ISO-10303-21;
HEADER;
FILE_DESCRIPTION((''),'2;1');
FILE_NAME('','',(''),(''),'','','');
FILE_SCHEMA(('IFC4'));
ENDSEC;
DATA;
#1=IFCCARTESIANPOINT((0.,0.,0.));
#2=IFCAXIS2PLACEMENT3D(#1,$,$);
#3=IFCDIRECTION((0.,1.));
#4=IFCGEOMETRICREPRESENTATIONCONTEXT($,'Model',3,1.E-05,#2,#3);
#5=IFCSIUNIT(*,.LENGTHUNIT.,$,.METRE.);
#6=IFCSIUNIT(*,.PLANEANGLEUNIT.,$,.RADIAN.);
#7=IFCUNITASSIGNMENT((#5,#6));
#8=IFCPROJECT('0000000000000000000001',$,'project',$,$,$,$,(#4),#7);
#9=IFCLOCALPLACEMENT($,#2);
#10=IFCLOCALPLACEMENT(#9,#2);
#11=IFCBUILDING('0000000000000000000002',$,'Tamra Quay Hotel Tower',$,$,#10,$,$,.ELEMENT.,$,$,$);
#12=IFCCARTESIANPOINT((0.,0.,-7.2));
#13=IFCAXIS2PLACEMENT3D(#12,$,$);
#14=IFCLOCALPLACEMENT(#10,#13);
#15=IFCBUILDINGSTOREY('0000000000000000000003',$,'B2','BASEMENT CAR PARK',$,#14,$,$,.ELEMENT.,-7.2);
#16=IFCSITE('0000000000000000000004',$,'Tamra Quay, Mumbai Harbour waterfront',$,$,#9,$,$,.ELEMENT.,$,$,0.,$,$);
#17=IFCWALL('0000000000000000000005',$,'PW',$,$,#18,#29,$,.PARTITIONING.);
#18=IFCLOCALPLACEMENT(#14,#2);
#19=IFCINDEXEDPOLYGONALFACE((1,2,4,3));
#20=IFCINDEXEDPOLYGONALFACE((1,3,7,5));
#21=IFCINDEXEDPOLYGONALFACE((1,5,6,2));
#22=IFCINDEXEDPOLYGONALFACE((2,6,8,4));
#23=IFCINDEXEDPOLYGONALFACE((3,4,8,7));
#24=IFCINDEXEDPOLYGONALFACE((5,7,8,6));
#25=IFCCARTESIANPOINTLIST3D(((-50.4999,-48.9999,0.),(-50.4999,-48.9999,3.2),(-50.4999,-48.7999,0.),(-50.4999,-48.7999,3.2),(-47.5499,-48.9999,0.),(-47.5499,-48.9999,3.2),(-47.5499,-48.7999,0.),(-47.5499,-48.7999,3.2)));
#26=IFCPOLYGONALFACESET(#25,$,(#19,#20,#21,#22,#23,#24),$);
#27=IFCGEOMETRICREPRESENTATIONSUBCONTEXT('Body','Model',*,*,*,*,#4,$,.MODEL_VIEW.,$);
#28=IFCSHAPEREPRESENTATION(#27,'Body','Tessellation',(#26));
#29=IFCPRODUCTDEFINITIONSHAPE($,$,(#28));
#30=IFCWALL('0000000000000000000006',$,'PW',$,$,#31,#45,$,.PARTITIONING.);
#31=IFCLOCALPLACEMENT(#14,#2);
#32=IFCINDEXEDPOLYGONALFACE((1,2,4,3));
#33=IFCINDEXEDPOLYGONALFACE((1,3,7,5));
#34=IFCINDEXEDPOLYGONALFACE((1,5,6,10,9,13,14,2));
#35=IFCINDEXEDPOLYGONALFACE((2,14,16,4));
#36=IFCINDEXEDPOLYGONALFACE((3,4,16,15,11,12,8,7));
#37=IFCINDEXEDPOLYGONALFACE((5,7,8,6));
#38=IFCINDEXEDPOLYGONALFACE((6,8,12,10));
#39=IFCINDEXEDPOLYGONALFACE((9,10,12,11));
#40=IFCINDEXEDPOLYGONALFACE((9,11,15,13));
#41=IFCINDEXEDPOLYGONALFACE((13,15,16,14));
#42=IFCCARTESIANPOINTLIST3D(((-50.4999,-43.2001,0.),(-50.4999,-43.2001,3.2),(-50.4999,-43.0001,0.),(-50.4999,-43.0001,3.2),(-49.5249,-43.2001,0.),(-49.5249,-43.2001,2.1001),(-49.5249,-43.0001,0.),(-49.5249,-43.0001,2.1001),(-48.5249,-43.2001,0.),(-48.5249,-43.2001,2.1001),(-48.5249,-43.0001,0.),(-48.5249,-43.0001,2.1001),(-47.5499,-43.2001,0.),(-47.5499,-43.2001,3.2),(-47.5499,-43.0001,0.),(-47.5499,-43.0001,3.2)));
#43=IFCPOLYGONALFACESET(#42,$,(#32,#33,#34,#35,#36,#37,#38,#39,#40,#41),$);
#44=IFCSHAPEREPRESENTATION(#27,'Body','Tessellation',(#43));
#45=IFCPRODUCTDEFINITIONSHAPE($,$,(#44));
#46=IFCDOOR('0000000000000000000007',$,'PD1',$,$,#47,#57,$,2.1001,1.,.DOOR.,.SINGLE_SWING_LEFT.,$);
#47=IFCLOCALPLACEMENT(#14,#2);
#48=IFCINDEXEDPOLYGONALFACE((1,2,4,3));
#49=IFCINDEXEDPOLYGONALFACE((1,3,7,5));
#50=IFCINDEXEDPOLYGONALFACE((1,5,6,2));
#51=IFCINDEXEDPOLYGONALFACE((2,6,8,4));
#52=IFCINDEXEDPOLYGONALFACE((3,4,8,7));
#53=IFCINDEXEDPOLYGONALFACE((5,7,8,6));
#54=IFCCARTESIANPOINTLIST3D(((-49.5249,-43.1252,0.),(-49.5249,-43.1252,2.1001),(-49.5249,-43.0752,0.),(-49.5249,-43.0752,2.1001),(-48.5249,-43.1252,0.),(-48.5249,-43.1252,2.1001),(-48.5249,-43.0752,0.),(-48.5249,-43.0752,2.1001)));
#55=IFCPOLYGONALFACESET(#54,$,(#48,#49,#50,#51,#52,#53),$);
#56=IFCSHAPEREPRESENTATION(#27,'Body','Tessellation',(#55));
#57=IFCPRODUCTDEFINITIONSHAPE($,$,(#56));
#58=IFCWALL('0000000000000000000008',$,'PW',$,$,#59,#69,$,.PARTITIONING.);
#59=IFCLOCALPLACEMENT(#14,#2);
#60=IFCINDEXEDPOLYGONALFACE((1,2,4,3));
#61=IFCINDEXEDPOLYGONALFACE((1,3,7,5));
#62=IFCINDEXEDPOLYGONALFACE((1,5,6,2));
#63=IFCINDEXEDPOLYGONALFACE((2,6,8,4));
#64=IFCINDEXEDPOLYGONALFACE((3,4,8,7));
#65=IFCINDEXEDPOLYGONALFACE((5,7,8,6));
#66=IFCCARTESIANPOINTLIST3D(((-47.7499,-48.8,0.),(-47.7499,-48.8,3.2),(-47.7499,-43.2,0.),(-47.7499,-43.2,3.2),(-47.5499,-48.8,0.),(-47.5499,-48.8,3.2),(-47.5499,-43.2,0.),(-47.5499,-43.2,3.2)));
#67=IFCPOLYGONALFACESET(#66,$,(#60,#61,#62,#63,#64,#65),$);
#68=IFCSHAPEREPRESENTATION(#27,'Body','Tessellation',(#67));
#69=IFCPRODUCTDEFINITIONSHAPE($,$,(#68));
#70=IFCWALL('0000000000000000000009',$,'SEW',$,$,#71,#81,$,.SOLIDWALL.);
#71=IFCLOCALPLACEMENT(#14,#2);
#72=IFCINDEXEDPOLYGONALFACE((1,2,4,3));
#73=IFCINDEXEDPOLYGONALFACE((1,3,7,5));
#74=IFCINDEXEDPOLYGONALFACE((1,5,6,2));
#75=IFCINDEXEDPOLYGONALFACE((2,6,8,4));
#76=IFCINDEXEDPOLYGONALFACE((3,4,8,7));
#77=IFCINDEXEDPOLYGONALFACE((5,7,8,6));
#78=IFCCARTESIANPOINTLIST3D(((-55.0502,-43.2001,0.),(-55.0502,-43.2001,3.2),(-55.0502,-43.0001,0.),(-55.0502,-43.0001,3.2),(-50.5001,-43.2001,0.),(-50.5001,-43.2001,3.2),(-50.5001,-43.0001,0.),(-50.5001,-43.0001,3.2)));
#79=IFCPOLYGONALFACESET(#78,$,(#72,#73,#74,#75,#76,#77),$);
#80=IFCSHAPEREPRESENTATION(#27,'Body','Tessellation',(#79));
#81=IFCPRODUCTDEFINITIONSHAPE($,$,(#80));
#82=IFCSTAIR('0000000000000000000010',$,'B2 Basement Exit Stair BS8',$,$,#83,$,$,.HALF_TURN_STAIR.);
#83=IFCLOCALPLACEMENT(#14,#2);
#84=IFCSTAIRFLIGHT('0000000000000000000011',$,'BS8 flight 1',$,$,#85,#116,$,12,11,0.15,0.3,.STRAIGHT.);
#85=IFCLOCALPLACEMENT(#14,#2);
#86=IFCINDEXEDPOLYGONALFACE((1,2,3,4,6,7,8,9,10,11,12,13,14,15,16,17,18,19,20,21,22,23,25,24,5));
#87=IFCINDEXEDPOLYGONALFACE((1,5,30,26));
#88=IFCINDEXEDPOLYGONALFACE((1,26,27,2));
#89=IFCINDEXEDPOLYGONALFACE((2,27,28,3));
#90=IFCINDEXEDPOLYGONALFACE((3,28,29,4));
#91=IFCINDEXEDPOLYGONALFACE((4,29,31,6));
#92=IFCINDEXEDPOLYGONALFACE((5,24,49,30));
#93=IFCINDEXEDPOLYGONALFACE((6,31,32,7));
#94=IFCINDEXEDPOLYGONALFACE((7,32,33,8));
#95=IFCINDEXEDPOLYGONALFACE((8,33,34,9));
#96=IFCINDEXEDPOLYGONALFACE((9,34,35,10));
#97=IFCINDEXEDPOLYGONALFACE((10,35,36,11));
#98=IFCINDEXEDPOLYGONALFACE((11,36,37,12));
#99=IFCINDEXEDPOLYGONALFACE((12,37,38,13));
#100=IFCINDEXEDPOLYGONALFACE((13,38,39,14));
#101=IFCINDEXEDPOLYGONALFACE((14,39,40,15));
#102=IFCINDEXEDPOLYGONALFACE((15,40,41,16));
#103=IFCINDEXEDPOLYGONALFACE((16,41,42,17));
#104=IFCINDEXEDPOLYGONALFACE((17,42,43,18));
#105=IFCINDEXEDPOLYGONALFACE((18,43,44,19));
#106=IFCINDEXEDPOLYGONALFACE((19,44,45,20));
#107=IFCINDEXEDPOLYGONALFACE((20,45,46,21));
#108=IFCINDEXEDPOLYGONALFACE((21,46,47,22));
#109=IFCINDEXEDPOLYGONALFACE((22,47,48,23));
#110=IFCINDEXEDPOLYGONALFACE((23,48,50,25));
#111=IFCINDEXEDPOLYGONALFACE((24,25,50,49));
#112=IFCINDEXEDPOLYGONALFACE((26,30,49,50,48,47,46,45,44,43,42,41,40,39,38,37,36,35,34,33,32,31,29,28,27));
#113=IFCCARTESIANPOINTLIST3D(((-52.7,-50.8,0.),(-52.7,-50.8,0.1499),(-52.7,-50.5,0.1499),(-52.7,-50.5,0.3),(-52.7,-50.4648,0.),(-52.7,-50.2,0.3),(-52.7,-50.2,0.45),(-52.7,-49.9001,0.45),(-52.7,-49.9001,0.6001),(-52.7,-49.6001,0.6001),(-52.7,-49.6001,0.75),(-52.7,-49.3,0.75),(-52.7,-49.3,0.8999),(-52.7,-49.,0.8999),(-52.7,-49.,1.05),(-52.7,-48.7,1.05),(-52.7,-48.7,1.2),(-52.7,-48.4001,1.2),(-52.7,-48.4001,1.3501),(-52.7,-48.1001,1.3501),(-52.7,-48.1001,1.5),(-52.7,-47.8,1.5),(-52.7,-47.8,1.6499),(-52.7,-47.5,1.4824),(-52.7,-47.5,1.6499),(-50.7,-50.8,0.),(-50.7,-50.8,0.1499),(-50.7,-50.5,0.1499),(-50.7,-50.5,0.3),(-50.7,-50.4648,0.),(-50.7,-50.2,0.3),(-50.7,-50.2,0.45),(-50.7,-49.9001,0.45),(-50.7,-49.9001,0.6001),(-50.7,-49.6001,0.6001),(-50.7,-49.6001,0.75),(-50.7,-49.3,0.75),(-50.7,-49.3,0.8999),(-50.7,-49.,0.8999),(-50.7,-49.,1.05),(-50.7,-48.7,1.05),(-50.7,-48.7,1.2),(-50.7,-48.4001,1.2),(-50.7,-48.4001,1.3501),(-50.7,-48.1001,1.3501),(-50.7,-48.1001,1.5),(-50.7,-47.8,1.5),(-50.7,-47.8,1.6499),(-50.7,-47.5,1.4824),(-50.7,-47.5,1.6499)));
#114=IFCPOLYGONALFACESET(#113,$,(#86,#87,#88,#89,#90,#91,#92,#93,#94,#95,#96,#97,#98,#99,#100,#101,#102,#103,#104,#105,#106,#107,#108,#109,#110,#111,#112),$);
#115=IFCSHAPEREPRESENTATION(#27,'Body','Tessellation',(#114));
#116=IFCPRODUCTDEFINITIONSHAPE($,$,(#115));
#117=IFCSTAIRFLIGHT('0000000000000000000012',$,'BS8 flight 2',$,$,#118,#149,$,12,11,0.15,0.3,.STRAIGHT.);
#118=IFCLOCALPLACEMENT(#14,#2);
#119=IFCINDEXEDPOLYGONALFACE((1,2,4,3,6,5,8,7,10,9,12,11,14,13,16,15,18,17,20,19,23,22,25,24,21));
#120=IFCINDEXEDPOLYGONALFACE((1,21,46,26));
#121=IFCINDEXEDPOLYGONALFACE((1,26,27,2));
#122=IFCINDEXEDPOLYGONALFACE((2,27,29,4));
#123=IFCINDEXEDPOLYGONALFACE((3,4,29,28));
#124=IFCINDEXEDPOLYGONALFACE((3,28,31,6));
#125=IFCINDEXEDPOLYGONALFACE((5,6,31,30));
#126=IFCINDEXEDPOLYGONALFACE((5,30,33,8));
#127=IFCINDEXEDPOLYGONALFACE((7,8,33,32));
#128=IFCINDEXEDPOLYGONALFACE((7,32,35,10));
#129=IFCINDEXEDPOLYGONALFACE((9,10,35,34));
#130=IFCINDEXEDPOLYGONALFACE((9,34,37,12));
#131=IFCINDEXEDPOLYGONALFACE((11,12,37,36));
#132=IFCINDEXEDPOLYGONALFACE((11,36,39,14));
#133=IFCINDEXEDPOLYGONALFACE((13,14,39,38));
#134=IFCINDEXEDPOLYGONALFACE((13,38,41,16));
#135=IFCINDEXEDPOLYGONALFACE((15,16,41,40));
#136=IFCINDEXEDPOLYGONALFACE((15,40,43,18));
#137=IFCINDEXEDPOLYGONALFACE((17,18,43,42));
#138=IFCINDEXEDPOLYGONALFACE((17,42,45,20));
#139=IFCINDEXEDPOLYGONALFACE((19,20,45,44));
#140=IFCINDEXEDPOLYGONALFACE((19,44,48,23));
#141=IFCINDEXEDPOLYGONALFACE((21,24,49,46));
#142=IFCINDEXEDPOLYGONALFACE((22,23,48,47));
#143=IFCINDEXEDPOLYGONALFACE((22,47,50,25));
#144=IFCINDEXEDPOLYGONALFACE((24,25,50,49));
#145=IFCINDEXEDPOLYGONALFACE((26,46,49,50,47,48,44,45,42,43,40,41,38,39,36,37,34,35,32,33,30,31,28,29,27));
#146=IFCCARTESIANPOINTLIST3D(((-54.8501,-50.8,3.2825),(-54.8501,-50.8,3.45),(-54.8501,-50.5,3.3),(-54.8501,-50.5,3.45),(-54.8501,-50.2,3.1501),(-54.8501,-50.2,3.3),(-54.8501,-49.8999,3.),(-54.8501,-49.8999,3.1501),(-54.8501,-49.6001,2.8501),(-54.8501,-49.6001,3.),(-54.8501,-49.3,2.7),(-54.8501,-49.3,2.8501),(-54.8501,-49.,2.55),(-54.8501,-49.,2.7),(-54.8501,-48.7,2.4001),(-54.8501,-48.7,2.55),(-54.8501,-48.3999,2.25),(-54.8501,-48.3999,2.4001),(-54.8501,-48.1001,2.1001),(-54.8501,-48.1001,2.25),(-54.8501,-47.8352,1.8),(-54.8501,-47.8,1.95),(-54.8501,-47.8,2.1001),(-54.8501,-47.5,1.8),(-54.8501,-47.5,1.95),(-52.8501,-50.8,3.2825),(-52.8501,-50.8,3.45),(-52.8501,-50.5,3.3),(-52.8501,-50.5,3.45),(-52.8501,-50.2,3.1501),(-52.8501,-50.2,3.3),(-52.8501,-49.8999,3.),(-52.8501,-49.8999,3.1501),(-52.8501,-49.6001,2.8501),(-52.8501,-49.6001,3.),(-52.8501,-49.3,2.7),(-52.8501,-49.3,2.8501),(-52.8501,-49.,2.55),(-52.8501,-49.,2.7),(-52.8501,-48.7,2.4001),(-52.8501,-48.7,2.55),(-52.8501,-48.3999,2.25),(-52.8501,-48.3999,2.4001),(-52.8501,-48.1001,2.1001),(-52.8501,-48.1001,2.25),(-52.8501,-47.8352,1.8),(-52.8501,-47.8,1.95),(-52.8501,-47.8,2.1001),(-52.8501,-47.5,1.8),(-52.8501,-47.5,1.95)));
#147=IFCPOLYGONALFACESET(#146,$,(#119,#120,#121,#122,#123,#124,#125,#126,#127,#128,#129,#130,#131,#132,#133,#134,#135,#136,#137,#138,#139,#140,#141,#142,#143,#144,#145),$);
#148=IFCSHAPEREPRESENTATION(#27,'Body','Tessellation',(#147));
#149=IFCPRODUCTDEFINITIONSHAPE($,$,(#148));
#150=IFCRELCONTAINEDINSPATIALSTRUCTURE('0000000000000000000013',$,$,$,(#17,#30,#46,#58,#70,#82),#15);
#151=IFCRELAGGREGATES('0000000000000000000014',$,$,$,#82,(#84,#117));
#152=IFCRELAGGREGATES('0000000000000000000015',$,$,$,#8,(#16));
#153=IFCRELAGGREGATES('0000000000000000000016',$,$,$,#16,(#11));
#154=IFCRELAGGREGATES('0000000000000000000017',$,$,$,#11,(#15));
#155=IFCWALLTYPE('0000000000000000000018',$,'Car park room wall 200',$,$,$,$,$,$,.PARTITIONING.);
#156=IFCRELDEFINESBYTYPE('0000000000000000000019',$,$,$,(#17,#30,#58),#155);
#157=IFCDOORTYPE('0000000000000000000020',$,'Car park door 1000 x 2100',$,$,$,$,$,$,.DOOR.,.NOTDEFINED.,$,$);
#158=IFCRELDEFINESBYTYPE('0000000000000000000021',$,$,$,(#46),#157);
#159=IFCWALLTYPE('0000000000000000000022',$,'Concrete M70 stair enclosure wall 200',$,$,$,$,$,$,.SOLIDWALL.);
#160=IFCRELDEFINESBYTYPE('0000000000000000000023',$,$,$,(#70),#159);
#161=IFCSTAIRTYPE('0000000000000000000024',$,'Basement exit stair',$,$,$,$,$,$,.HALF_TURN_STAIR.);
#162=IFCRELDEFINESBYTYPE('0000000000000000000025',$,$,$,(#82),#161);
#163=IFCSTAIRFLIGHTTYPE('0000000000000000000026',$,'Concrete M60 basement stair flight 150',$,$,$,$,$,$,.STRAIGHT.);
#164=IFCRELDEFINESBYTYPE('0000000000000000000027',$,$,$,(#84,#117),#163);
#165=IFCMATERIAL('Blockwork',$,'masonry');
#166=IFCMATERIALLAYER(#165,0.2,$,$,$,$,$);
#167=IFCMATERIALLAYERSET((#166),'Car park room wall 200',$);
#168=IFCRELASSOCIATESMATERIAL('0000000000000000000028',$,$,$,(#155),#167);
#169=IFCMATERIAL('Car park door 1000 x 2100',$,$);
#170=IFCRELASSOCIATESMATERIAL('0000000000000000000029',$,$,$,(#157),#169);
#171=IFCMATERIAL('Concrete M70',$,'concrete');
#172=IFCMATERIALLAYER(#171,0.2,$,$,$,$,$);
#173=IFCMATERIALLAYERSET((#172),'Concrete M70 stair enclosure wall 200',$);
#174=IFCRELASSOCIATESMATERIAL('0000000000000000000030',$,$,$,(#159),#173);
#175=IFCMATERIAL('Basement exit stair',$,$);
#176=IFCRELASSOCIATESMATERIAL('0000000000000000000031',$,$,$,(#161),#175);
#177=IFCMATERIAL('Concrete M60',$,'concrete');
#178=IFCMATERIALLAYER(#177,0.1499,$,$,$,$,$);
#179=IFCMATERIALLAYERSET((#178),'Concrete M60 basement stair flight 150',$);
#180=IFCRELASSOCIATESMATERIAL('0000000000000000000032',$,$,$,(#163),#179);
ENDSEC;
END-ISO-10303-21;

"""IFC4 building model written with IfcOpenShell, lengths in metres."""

from ifc_helpers import new_model, si_unit, direction, frame, frame_2d, origin, place, context, subcontext, project, spatial, polyline, rectangle, outline, extrude, material, layer, layer_set, type_object, element, fill, aggregate, save


model = new_model("IFC4")

# Units and contexts
model_context = context("Model", 3, precision=1e-05, world=origin(), true_north=direction((0.0, 1.0)))
body_context = subcontext(model_context, "Body", "Model", "MODEL_VIEW")
ifc_project = project(units=[si_unit("LENGTHUNIT", "METRE"), si_unit("PLANEANGLEUNIT", "RADIAN")], contexts=[model_context])

# Site, building, storey
site_placement = place(None, origin())
site = spatial("IfcSite", under=ifc_project, at=site_placement, Name="Tamra Quay, Mumbai Harbour waterfront", CompositionType="ELEMENT", RefElevation=0.0)
building_placement = place(site_placement, origin())
building = spatial("IfcBuilding", under=site, at=building_placement, Name="Tamra Quay Hotel Tower", CompositionType="ELEMENT")
storey_placement = place(building_placement, frame((0.0, 0.0, -7.2)))
storey = spatial("IfcBuildingStorey", under=building, at=storey_placement, Name="B2", Description="BASEMENT CAR PARK", CompositionType="ELEMENT", Elevation=-7.2)

# Shared definitions
ifc_material_1 = material(Name="Concrete M70", Category="concrete")

# Shared definitions
ifc_material_2 = material(Name="Blockwork", Category="masonry")
ifc_layer_1 = layer(ifc_material_2, 0.2)
ifc_layer_set_1 = layer_set([ifc_layer_1], Name="Car park room wall 200")
wall_type_1 = type_object("IfcWallType", Name="Car park room wall 200", PredefinedType="PARTITIONING", material=ifc_layer_set_1)
ifc_material_3 = material(Name="Car park door 1000 x 2100")
door_type = type_object("IfcDoorType", Name="Car park door 1000 x 2100", OperationType="NOTDEFINED", PredefinedType="DOOR", material=ifc_material_3)

# Wall
for number, where, z_axis, x_axis, name in (
    (1, (-50.5, -48.8999, 0.0), (0.0, 0.0, 1.0), (1.0, 0.0, 0.0), "PW"),
):
    element("IfcWall", number, at=place(storey_placement, frame(where, z_axis=z_axis, x_axis=x_axis)), inside=storey, type_object=wall_type_1, Name=name, PredefinedType="PARTITIONING", context=body_context, shape_type="SweptSolid", body=[
        extrude(rectangle(XDim=2.95, YDim=0.2, at=frame_2d((1.4751, 0.0))), origin(), (0.0, 0.0, 1.0), 3.2),
    ])

# Wall, opening, door
wall_1_placement = place(storey_placement, frame((-50.5, -43.1001, 0.0), z_axis=(0.0, 0.0, 1.0), x_axis=(1.0, 0.0, 0.0)))
wall_1 = element("IfcWall", 2, at=wall_1_placement, inside=storey, type_object=wall_type_1, Name="PW", PredefinedType="PARTITIONING", context=body_context, shape_type="SweptSolid", body=[
    extrude(rectangle(XDim=2.95, YDim=0.2, at=frame_2d((1.4751, 0.0))), origin(), (0.0, 0.0, 1.0), 3.2),
])
opening_1_placement = place(wall_1_placement, frame((0.9751, 0.0, 0.0)))
opening_1 = element("IfcOpeningElement", 3, at=opening_1_placement, cuts=wall_1, PredefinedType="OPENING", context=body_context, shape_type="SweptSolid", body=[
    extrude(rectangle(XDim=1.0, YDim=2.1001, at=frame_2d((0.5, 1.05))), frame((0.0, 0.1099, 0.0), z_axis=(0.0, -1.0, 0.0), x_axis=(1.0, 0.0, 0.0)), (0.0, 0.0, 1.0), 0.22),
])
door_1_placement = place(opening_1_placement, origin())
door_1 = element("IfcDoor", 4, at=door_1_placement, inside=storey, type_object=door_type, Name="PD1", OperationType="SINGLE_SWING_LEFT", OverallHeight=2.1001, OverallWidth=1.0, PredefinedType="DOOR", context=body_context, shape_type="SweptSolid", body=[
    extrude(rectangle(XDim=1.0, YDim=2.1001, at=frame_2d((0.5, 1.05))), frame((0.0, 0.0249, 0.0), z_axis=(0.0, -1.0, 0.0), x_axis=(1.0, 0.0, 0.0)), (0.0, 0.0, 1.0), 0.05),
])
fill(opening_1, door_1)

# Walls
wall_2_placement = place(storey_placement, frame((-47.6499, -48.8, 0.0), z_axis=(0.0, 0.0, 1.0), x_axis=(0.0, 1.0, 0.0)))
element("IfcWall", 5, at=wall_2_placement, inside=storey, type_object=wall_type_1, Name="PW", PredefinedType="PARTITIONING", context=body_context, shape_type="SweptSolid", body=[
    extrude(rectangle(XDim=5.6001, YDim=0.2, at=frame_2d((2.8, 0.0))), origin(), (0.0, 0.0, 1.0), 3.2),
])
ifc_layer_2 = layer(ifc_material_1, 0.2)
ifc_layer_set_2 = layer_set([ifc_layer_2], Name="Concrete M70 stair enclosure wall 200")
wall_type_2 = type_object("IfcWallType", Name="Concrete M70 stair enclosure wall 200", PredefinedType="SOLIDWALL", material=ifc_layer_set_2)
wall_3_placement = place(storey_placement, frame((-55.05, -43.1001, 0.0), z_axis=(0.0, 0.0, 1.0), x_axis=(1.0, 0.0, 0.0)))
element("IfcWall", 6, at=wall_3_placement, inside=storey, type_object=wall_type_2, Name="SEW", PredefinedType="SOLIDWALL", context=body_context, shape_type="SweptSolid", body=[
    extrude(rectangle(XDim=4.55, YDim=0.2, at=frame_2d((2.2749, 0.0))), origin(), (0.0, 0.0, 1.0), 3.2),
])

# Stair, stair flights
ifc_material_4 = material(Name="Basement exit stair")
stair_type = type_object("IfcStairType", Name="Basement exit stair", PredefinedType="HALF_TURN_STAIR", material=ifc_material_4)
stair_placement = place(storey_placement, origin())
stair = element("IfcStair", 7, at=stair_placement, inside=storey, type_object=stair_type, Name="B2 Basement Exit Stair BS8", PredefinedType="HALF_TURN_STAIR")
ifc_material_5 = material(Name="Concrete M60", Category="concrete")
ifc_layer_3 = layer(ifc_material_5, 0.1499)
ifc_layer_set_3 = layer_set([ifc_layer_3], Name="Concrete M60 basement stair flight 150")
stair_flight_type = type_object("IfcStairFlightType", Name="Concrete M60 basement stair flight 150", PredefinedType="STRAIGHT", material=ifc_layer_set_3)
stair_flight_1_placement = place(storey_placement, frame((-51.7, -50.8, 0.0), z_axis=(0.0, 0.0, 1.0), x_axis=(0.0, 1.0, 0.0)))
stair_flight_1 = element("IfcStairFlight", 8, at=stair_flight_1_placement, type_object=stair_flight_type, Name="BS8 flight 1", NumberOfRisers=12, NumberOfTreads=11, PredefinedType="STRAIGHT", RiserHeight=0.15, TreadLength=0.3, context=body_context, shape_type="SweptSolid", body=[
    extrude(outline(polyline([(0.0, 0.0), (0.0, 0.1499), (0.3, 0.1499), (0.3, 0.3), (0.6001, 0.3), (0.6001, 0.45), (0.8999, 0.45), (0.8999, 0.6001), (1.2, 0.6001), (1.2, 0.75), (1.5, 0.75), (1.5, 0.8999), (1.8, 0.8999), (1.8, 1.05), (2.1001, 1.05), (2.1001, 1.2), (2.3999, 1.2), (2.3999, 1.3501), (2.7, 1.3501), (2.7, 1.5), (3.0, 1.5), (3.0, 1.6499), (3.3, 1.6499), (3.3, 1.8), (3.3, 1.4824), (0.3352, 0.0), (0.0, 0.0)])), frame((0.0, 1.0, 0.0), z_axis=(0.0, -1.0, 0.0), x_axis=(1.0, 0.0, 0.0)), (0.0, 0.0, 1.0), 2.0),
])
stair_flight_2_placement = place(storey_placement, frame((-53.8501, -47.5, 1.8), z_axis=(0.0, 0.0, 1.0), x_axis=(0.0, -1.0, 0.0)))
stair_flight_2 = element("IfcStairFlight", 9, at=stair_flight_2_placement, type_object=stair_flight_type, Name="BS8 flight 2", NumberOfRisers=12, NumberOfTreads=11, PredefinedType="STRAIGHT", RiserHeight=0.15, TreadLength=0.3, context=body_context, shape_type="SweptSolid", body=[
    extrude(outline(polyline([(0.0, 0.0), (0.0, 0.1499), (0.3, 0.1499), (0.3, 0.3), (0.6001, 0.3), (0.6001, 0.45), (0.8999, 0.45), (0.8999, 0.6001), (1.2, 0.6001), (1.2, 0.75), (1.5, 0.75), (1.5, 0.8999), (1.8, 0.8999), (1.8, 1.05), (2.1001, 1.05), (2.1001, 1.2), (2.3999, 1.2), (2.3999, 1.3501), (2.7, 1.3501), (2.7, 1.5), (3.0, 1.5), (3.0, 1.6499), (3.3, 1.6499), (3.3, 1.8), (3.3, 1.4824), (0.3352, 0.0), (0.0, 0.0)])), frame((0.0, 1.0, 0.0), z_axis=(0.0, -1.0, 0.0), x_axis=(1.0, 0.0, 0.0)), (0.0, 0.0, 1.0), 2.0),
])
aggregate(stair, [stair_flight_1, stair_flight_2])

save(model, "model.ifc")
